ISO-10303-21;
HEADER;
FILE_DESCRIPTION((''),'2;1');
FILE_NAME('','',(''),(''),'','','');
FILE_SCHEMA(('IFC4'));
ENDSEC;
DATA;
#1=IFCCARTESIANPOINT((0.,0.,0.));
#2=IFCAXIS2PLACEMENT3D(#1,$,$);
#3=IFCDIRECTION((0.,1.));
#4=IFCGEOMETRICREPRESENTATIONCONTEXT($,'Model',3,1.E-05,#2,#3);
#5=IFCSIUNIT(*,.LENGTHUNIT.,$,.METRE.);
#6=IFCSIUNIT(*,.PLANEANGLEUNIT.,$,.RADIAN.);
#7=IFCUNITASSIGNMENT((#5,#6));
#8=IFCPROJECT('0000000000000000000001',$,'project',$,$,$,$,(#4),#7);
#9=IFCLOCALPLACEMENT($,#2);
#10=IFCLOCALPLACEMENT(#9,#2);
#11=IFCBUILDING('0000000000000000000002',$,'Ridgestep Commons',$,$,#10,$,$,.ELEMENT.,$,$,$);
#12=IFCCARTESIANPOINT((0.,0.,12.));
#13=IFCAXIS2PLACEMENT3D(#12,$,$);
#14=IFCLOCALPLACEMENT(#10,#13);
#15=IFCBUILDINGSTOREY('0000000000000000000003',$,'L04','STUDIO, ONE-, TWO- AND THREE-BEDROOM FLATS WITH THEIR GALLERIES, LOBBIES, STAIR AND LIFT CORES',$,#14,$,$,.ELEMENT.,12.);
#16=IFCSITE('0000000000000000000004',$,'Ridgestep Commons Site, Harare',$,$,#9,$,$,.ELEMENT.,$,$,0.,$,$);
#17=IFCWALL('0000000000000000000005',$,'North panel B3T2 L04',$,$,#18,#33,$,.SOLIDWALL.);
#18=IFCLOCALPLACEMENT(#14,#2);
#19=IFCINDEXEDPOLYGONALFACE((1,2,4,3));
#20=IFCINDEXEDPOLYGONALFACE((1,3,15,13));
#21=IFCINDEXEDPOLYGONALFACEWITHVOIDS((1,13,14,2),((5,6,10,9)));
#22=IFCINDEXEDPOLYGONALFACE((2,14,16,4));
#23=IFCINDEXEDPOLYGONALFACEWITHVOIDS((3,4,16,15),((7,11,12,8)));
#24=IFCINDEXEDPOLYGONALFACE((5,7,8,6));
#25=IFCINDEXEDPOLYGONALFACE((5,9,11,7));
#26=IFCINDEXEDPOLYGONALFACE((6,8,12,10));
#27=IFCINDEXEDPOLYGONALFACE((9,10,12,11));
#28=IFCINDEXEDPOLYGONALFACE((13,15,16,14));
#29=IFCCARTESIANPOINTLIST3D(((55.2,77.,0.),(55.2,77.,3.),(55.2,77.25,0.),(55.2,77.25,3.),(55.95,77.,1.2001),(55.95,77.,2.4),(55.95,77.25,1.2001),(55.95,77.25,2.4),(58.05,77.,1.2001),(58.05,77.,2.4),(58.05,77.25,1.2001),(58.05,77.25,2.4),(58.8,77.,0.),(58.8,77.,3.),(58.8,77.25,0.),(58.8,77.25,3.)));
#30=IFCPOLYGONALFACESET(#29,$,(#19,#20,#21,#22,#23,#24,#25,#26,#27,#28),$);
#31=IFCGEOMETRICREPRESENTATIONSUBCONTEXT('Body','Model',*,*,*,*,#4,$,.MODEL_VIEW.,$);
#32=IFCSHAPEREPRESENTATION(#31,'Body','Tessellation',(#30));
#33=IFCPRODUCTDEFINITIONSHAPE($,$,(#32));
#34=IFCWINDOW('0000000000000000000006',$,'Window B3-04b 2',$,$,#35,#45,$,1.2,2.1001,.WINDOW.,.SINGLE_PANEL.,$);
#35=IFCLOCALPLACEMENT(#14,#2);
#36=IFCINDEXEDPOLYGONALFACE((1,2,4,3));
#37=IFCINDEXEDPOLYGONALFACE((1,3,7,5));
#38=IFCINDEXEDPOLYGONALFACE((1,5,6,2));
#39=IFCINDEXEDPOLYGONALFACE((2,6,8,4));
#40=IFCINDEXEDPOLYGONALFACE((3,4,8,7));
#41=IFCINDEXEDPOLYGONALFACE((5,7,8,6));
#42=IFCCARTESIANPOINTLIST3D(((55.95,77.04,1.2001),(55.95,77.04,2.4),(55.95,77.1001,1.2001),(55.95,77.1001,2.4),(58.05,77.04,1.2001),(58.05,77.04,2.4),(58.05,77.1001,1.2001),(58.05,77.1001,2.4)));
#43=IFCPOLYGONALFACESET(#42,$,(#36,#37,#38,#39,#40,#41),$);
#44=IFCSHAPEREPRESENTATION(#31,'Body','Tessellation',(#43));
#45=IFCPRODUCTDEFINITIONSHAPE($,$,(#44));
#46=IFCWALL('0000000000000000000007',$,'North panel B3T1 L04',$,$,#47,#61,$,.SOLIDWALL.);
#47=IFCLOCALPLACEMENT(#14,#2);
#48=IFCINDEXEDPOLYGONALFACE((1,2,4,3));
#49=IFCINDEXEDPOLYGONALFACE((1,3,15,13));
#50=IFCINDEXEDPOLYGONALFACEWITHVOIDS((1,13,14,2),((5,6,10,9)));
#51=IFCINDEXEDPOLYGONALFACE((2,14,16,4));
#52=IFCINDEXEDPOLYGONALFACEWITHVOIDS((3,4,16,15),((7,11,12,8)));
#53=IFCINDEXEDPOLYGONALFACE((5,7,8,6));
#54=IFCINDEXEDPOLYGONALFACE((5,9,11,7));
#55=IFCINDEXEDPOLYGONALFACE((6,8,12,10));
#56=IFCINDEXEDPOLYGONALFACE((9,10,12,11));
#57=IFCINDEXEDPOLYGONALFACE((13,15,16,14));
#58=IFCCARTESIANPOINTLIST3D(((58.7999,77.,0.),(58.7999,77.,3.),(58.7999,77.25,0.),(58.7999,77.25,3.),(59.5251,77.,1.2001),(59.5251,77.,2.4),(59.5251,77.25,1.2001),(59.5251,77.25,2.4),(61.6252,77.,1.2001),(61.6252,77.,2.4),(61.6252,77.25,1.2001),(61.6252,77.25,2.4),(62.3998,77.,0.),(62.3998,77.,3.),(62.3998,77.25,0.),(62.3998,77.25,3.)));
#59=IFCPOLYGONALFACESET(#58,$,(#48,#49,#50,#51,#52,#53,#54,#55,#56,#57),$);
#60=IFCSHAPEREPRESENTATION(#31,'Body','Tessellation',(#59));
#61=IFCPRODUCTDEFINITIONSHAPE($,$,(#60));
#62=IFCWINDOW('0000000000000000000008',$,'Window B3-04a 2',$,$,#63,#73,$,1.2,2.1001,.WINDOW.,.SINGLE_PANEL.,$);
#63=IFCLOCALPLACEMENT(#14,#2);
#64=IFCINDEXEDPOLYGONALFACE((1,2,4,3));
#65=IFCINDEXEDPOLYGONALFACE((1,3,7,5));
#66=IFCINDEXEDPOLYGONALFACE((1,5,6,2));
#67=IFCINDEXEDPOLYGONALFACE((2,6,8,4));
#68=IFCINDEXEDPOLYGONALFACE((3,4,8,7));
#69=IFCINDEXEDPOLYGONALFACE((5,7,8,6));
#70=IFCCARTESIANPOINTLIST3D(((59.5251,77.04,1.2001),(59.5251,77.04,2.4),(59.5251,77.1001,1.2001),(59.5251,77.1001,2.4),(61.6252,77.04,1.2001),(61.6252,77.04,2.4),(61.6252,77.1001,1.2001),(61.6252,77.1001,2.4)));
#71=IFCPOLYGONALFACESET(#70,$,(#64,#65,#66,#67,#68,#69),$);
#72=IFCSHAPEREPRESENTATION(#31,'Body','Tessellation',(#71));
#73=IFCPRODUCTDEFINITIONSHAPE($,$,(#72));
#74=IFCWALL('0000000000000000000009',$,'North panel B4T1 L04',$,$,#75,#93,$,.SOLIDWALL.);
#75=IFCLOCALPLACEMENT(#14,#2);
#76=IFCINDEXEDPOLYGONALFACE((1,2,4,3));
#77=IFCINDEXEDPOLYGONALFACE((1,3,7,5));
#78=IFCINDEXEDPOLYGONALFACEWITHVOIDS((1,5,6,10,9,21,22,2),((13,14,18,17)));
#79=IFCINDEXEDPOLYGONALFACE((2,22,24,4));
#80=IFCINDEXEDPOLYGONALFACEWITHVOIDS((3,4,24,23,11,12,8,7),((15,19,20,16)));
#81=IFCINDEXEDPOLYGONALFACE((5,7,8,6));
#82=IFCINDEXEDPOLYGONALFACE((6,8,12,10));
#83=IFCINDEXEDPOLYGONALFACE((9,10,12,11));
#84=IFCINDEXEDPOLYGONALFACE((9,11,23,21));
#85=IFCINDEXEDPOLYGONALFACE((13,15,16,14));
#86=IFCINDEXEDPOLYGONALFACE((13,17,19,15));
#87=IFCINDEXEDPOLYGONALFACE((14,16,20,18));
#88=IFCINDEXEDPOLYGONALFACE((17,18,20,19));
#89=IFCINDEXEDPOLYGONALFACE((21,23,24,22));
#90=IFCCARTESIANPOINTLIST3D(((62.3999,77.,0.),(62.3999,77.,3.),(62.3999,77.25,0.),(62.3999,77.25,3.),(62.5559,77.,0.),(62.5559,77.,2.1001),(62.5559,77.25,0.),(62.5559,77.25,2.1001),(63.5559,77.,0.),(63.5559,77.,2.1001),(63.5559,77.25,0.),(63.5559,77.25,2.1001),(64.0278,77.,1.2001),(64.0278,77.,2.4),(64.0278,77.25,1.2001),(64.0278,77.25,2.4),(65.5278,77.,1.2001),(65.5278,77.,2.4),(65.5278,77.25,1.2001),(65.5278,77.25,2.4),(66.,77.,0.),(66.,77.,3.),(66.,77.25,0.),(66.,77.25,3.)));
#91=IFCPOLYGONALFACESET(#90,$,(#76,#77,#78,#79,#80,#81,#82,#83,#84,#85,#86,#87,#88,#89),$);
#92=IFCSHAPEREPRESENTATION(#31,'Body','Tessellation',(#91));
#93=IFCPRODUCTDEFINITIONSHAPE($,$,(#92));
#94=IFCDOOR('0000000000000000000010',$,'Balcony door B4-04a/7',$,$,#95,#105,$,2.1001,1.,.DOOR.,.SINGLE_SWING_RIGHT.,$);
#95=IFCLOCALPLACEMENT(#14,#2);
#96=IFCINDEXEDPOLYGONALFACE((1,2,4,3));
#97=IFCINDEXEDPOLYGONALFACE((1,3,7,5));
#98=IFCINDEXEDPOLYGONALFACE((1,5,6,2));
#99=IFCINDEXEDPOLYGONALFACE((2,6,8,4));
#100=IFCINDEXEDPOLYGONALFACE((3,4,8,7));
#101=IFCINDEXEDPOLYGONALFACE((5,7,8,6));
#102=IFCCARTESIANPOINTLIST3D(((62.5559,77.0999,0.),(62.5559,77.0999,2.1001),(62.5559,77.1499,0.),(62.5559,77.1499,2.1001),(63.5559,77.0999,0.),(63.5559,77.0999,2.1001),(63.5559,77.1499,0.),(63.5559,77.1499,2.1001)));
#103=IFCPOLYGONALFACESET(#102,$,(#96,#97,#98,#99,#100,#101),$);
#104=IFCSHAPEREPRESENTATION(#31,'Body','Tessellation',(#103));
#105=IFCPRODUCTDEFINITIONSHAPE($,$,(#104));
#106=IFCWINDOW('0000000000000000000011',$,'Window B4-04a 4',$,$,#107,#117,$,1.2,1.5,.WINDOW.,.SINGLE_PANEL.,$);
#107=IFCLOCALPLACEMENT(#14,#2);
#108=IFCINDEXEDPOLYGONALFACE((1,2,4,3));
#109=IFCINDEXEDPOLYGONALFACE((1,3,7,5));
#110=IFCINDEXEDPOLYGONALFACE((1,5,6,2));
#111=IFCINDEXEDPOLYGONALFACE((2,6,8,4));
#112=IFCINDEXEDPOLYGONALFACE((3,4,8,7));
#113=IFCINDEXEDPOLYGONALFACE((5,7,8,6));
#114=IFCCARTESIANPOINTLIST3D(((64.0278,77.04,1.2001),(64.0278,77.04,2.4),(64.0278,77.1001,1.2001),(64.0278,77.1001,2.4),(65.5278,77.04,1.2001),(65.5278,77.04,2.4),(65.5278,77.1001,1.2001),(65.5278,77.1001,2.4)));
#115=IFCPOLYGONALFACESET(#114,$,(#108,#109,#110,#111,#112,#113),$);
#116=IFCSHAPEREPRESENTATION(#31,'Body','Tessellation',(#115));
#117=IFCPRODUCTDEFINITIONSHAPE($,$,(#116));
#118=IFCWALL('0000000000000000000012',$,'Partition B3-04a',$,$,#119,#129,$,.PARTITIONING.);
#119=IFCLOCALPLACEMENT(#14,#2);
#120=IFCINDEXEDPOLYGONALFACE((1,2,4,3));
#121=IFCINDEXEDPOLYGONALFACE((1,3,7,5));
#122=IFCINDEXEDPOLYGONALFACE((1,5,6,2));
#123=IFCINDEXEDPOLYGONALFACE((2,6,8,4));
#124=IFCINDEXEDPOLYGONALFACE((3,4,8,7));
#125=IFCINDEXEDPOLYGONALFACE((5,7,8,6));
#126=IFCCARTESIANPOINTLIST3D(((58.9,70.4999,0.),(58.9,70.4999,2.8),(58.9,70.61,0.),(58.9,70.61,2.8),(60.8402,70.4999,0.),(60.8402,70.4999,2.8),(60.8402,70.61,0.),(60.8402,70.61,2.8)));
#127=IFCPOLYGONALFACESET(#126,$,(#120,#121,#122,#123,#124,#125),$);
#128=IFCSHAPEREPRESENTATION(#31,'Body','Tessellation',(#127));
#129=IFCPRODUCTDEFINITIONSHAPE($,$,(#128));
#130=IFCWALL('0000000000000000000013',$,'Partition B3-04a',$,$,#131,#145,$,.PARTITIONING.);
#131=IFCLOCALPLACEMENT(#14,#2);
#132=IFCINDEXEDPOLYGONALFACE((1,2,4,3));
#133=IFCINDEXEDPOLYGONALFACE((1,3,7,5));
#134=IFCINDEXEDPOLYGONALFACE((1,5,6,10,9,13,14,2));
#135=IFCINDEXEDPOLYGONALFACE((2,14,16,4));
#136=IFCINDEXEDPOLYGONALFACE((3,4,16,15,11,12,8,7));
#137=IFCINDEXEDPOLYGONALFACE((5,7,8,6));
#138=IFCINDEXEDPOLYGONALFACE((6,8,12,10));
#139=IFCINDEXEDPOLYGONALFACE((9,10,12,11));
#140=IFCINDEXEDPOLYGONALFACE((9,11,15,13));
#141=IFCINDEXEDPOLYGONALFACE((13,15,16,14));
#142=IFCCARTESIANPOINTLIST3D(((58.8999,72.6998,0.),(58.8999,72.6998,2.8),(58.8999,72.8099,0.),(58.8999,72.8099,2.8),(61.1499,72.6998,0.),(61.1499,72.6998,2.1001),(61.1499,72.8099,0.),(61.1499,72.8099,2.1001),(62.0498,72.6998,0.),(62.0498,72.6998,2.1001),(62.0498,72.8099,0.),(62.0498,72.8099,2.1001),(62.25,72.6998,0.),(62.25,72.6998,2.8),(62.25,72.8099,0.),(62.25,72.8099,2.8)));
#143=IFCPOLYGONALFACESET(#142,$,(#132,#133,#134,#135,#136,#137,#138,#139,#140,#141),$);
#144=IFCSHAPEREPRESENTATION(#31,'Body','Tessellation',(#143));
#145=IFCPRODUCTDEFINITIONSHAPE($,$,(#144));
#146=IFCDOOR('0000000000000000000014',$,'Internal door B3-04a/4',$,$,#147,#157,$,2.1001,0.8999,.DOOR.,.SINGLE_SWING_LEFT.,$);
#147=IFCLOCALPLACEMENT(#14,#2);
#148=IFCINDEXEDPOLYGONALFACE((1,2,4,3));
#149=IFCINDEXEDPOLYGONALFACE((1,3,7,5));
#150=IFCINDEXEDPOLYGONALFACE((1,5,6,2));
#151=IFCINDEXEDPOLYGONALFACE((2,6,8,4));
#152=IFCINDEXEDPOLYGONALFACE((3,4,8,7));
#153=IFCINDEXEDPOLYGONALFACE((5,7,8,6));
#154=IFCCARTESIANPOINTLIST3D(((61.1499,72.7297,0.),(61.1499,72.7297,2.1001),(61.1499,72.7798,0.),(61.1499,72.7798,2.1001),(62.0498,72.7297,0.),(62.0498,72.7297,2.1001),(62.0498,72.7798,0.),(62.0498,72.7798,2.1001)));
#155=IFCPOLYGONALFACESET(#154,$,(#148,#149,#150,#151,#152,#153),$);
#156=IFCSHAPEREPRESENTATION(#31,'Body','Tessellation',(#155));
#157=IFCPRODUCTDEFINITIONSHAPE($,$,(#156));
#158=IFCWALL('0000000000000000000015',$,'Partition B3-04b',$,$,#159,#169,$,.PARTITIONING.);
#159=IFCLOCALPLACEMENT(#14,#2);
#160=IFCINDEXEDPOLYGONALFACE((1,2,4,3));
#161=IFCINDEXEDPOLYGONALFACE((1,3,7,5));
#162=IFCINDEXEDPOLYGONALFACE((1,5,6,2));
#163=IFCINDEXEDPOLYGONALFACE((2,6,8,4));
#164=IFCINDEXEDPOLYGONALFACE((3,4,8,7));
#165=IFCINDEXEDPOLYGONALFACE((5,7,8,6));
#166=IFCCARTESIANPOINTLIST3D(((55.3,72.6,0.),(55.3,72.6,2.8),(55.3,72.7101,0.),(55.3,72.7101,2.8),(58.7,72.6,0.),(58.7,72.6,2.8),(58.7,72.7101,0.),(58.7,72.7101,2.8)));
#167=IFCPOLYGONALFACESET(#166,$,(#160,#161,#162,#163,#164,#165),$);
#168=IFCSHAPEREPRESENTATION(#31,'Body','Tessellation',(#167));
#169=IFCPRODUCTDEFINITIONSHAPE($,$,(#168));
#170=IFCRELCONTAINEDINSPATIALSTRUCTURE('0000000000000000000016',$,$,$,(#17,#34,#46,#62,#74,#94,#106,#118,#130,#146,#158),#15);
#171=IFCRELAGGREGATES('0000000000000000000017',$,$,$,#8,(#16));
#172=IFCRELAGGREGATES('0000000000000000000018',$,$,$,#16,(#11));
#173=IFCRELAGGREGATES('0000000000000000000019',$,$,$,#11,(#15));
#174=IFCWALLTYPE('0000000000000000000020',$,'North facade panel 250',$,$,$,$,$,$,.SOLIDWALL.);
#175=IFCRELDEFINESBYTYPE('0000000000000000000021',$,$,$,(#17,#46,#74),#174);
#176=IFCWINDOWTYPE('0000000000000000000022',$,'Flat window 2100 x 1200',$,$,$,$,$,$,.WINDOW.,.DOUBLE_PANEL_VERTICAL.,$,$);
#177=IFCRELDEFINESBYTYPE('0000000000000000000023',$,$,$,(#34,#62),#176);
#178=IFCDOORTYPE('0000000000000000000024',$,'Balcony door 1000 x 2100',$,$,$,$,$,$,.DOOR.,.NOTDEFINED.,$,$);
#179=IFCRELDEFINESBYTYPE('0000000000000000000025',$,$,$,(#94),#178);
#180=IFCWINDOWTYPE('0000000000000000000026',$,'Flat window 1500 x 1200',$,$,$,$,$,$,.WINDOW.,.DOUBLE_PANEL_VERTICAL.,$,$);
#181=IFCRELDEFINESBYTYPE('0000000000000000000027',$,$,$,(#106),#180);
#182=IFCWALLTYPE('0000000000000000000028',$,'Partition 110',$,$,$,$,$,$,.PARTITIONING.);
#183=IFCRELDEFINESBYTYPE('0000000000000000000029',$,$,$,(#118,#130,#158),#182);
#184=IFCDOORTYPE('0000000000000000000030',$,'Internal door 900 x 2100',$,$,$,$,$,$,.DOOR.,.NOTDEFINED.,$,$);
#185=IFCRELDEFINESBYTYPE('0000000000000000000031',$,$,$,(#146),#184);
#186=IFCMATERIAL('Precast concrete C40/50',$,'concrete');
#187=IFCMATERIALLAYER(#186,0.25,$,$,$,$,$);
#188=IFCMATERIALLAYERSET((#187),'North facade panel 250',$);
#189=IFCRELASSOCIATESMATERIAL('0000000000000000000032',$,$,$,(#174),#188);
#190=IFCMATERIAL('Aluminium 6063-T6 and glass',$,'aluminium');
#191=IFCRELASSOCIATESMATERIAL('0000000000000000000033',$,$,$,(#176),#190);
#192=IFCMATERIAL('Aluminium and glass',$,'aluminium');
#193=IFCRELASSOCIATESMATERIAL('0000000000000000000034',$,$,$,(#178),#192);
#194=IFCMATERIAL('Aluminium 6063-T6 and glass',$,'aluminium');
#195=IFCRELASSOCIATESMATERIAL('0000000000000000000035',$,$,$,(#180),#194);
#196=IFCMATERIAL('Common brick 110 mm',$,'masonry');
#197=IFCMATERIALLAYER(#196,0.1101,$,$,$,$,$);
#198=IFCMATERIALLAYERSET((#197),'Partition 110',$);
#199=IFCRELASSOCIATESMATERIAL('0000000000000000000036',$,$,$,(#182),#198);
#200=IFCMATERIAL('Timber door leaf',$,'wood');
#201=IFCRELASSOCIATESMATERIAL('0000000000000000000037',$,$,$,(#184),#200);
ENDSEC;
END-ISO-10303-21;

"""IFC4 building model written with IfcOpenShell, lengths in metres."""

from ifc_helpers import new_model, si_unit, direction, frame, frame_2d, origin, place, context, subcontext, project, spatial, rectangle, extrude, material, layer, layer_set, type_object, element, fill, save


model = new_model("IFC4")

# Units and contexts
model_context = context("Model", 3, precision=1e-05, world=origin(), true_north=direction((0.0, 1.0)))
body_context = subcontext(model_context, "Body", "Model", "MODEL_VIEW")
ifc_project = project(units=[si_unit("LENGTHUNIT", "METRE"), si_unit("PLANEANGLEUNIT", "RADIAN")], contexts=[model_context])

# Site, building, storey
site_placement = place(None, origin())
site = spatial("IfcSite", under=ifc_project, at=site_placement, Name="Ridgestep Commons Site, Harare", CompositionType="ELEMENT", RefElevation=0.0)
building_placement = place(site_placement, origin())
building = spatial("IfcBuilding", under=site, at=building_placement, Name="Ridgestep Commons", CompositionType="ELEMENT")
storey_placement = place(building_placement, frame((0.0, 0.0, 12.0)))
storey = spatial("IfcBuildingStorey", under=building, at=storey_placement, Name="L04", Description="STUDIO, ONE-, TWO- AND THREE-BEDROOM FLATS WITH THEIR GALLERIES, LOBBIES, STAIR AND LIFT CORES", CompositionType="ELEMENT", Elevation=12.0)

# Walls, openings, windows
ifc_material_1 = material(Name="Precast concrete C40/50", Category="concrete")
ifc_layer_1 = layer(ifc_material_1, 0.25)
ifc_layer_set_1 = layer_set([ifc_layer_1], Name="North facade panel 250")
wall_type_1 = type_object("IfcWallType", Name="North facade panel 250", PredefinedType="SOLIDWALL", material=ifc_layer_set_1)
wall_1_placement = place(storey_placement, frame((55.2, 77.125, 0.0), z_axis=(0.0, 0.0, 1.0), x_axis=(1.0, 0.0, 0.0)))
wall_1 = element("IfcWall", 1, at=wall_1_placement, inside=storey, type_object=wall_type_1, Name="North panel B3T2 L04", PredefinedType="SOLIDWALL", context=body_context, shape_type="SweptSolid", body=[
    extrude(rectangle(XDim=3.6001, YDim=0.25, at=frame_2d((1.8, 0.0))), origin(), (0.0, 0.0, 1.0), 3.0),
])
opening_1_placement = place(wall_1_placement, frame((0.75, 0.0, 1.2)))
opening_1 = element("IfcOpeningElement", 2, at=opening_1_placement, cuts=wall_1, PredefinedType="OPENING", context=body_context, shape_type="SweptSolid", body=[
    extrude(rectangle(XDim=2.1001, YDim=1.2, at=frame_2d((1.05, 0.6001))), frame((0.0, 0.135, 0.0), z_axis=(0.0, -1.0, 0.0), x_axis=(1.0, 0.0, 0.0)), (0.0, 0.0, 1.0), 0.27),
])
ifc_material_2 = material(Name="Aluminium 6063-T6 and glass", Category="aluminium")
window_type_1 = type_object("IfcWindowType", Name="Flat window 2100 x 1200", PartitioningType="DOUBLE_PANEL_VERTICAL", PredefinedType="WINDOW", material=ifc_material_2)
window_1_placement = place(opening_1_placement, origin())
window_1 = element("IfcWindow", 3, at=window_1_placement, inside=storey, type_object=window_type_1, Name="Window B3-04b 2", OverallHeight=1.2, OverallWidth=2.1001, PartitioningType="SINGLE_PANEL", PredefinedType="WINDOW", context=body_context, shape_type="SweptSolid", body=[
    extrude(rectangle(XDim=2.1001, YDim=1.2, at=frame_2d((1.05, 0.6001))), frame((0.0, -0.0249, 0.0), z_axis=(0.0, -1.0, 0.0), x_axis=(1.0, 0.0, 0.0)), (0.0, 0.0, 1.0), 0.0601),
])
fill(opening_1, window_1)
wall_2_placement = place(storey_placement, frame((58.8, 77.125, 0.0), z_axis=(0.0, 0.0, 1.0), x_axis=(1.0, 0.0, 0.0)))
wall_2 = element("IfcWall", 4, at=wall_2_placement, inside=storey, type_object=wall_type_1, Name="North panel B3T1 L04", PredefinedType="SOLIDWALL", context=body_context, shape_type="SweptSolid", body=[
    extrude(rectangle(XDim=3.5999, YDim=0.25, at=frame_2d((1.7998, 0.0))), origin(), (0.0, 0.0, 1.0), 3.0),
])
opening_2_placement = place(wall_2_placement, frame((0.7251, 0.0, 1.2)))
opening_2 = element("IfcOpeningElement", 5, at=opening_2_placement, cuts=wall_2, PredefinedType="OPENING", context=body_context, shape_type="SweptSolid", body=[
    extrude(rectangle(XDim=2.1001, YDim=1.2, at=frame_2d((1.05, 0.6001))), frame((0.0, 0.135, 0.0), z_axis=(0.0, -1.0, 0.0), x_axis=(1.0, 0.0, 0.0)), (0.0, 0.0, 1.0), 0.27),
])
window_2_placement = place(opening_2_placement, origin())
window_2 = element("IfcWindow", 6, at=window_2_placement, inside=storey, type_object=window_type_1, Name="Window B3-04a 2", OverallHeight=1.2, OverallWidth=2.1001, PartitioningType="SINGLE_PANEL", PredefinedType="WINDOW", context=body_context, shape_type="SweptSolid", body=[
    extrude(rectangle(XDim=2.1001, YDim=1.2, at=frame_2d((1.05, 0.6001))), frame((0.0, -0.0249, 0.0), z_axis=(0.0, -1.0, 0.0), x_axis=(1.0, 0.0, 0.0)), (0.0, 0.0, 1.0), 0.0601),
])
fill(opening_2, window_2)

# Wall, openings, door, window
wall_3_placement = place(storey_placement, frame((62.3999, 77.125, 0.0), z_axis=(0.0, 0.0, 1.0), x_axis=(1.0, 0.0, 0.0)))
wall_3 = element("IfcWall", 7, at=wall_3_placement, inside=storey, type_object=wall_type_1, Name="North panel B4T1 L04", PredefinedType="SOLIDWALL", context=body_context, shape_type="SweptSolid", body=[
    extrude(rectangle(XDim=3.6001, YDim=0.25, at=frame_2d((1.8, 0.0))), origin(), (0.0, 0.0, 1.0), 3.0),
])
opening_3_placement = place(wall_3_placement, frame((1.6279, 0.0, 1.2)))
opening_3 = element("IfcOpeningElement", 8, at=opening_3_placement, cuts=wall_3, PredefinedType="OPENING", context=body_context, shape_type="SweptSolid", body=[
    extrude(rectangle(XDim=1.5, YDim=1.2, at=frame_2d((0.75, 0.6001))), frame((0.0, 0.135, 0.0), z_axis=(0.0, -1.0, 0.0), x_axis=(1.0, 0.0, 0.0)), (0.0, 0.0, 1.0), 0.27),
])
opening_4_placement = place(wall_3_placement, frame((0.156, 0.0, 0.0)))
opening_4 = element("IfcOpeningElement", 9, at=opening_4_placement, cuts=wall_3, PredefinedType="OPENING", context=body_context, shape_type="SweptSolid", body=[
    extrude(rectangle(XDim=1.0, YDim=2.1001, at=frame_2d((0.5, 1.05))), frame((0.0, 0.135, 0.0), z_axis=(0.0, -1.0, 0.0), x_axis=(1.0, 0.0, 0.0)), (0.0, 0.0, 1.0), 0.27),
])
ifc_material_3 = material(Name="Aluminium and glass", Category="aluminium")
door_type_1 = type_object("IfcDoorType", Name="Balcony door 1000 x 2100", OperationType="NOTDEFINED", PredefinedType="DOOR", material=ifc_material_3)
door_1_placement = place(opening_4_placement, origin())
door_1 = element("IfcDoor", 10, at=door_1_placement, inside=storey, type_object=door_type_1, Name="Balcony door B4-04a/7", OperationType="SINGLE_SWING_RIGHT", OverallHeight=2.1001, OverallWidth=1.0, PredefinedType="DOOR", context=body_context, shape_type="SweptSolid", body=[
    extrude(rectangle(XDim=1.0, YDim=2.1001, at=frame_2d((0.5, 1.05))), frame((0.0, 0.0249, 0.0), z_axis=(0.0, -1.0, 0.0), x_axis=(1.0, 0.0, 0.0)), (0.0, 0.0, 1.0), 0.05),
])
fill(opening_4, door_1)
ifc_material_4 = material(Name="Aluminium 6063-T6 and glass", Category="aluminium")
window_type_2 = type_object("IfcWindowType", Name="Flat window 1500 x 1200", PartitioningType="DOUBLE_PANEL_VERTICAL", PredefinedType="WINDOW", material=ifc_material_4)
window_3_placement = place(opening_3_placement, origin())
window_3 = element("IfcWindow", 11, at=window_3_placement, inside=storey, type_object=window_type_2, Name="Window B4-04a 4", OverallHeight=1.2, OverallWidth=1.5, PartitioningType="SINGLE_PANEL", PredefinedType="WINDOW", context=body_context, shape_type="SweptSolid", body=[
    extrude(rectangle(XDim=1.5, YDim=1.2, at=frame_2d((0.75, 0.6001))), frame((0.0, -0.0249, 0.0), z_axis=(0.0, -1.0, 0.0), x_axis=(1.0, 0.0, 0.0)), (0.0, 0.0, 1.0), 0.0601),
])
fill(opening_3, window_3)

# Wall
ifc_material_5 = material(Name="Common brick 110 mm", Category="masonry")
ifc_layer_2 = layer(ifc_material_5, 0.1101)
ifc_layer_set_2 = layer_set([ifc_layer_2], Name="Partition 110")
wall_type_2 = type_object("IfcWallType", Name="Partition 110", PredefinedType="PARTITIONING", material=ifc_layer_set_2)
wall_4_placement = place(storey_placement, frame((58.8999, 70.5549, 0.0), z_axis=(0.0, 0.0, 1.0), x_axis=(1.0, 0.0, 0.0)))
element("IfcWall", 12, at=wall_4_placement, inside=storey, type_object=wall_type_2, Name="Partition B3-04a", PredefinedType="PARTITIONING", context=body_context, shape_type="SweptSolid", body=[
    extrude(rectangle(XDim=1.9402, YDim=0.1101, at=frame_2d((0.9702, 0.0))), origin(), (0.0, 0.0, 1.0), 2.8),
])

# Wall, opening, door
wall_5_placement = place(storey_placement, frame((58.8999, 72.7549, 0.0), z_axis=(0.0, 0.0, 1.0), x_axis=(1.0, 0.0, 0.0)))
wall_5 = element("IfcWall", 13, at=wall_5_placement, inside=storey, type_object=wall_type_2, Name="Partition B3-04a", PredefinedType="PARTITIONING", context=body_context, shape_type="SweptSolid", body=[
    extrude(rectangle(XDim=3.3501, YDim=0.1101, at=frame_2d((1.675, 0.0))), origin(), (0.0, 0.0, 1.0), 2.8),
])
opening_5_placement = place(wall_5_placement, frame((2.25, 0.0, 0.0)))
opening_5 = element("IfcOpeningElement", 14, at=opening_5_placement, cuts=wall_5, PredefinedType="OPENING", context=body_context, shape_type="SweptSolid", body=[
    extrude(rectangle(XDim=0.8999, YDim=2.1001, at=frame_2d((0.45, 1.05))), frame((0.0, 0.0649, 0.0), z_axis=(0.0, -1.0, 0.0), x_axis=(1.0, 0.0, 0.0)), (0.0, 0.0, 1.0), 0.1301),
])
ifc_material_6 = material(Name="Timber door leaf", Category="wood")
door_type_2 = type_object("IfcDoorType", Name="Internal door 900 x 2100", OperationType="NOTDEFINED", PredefinedType="DOOR", material=ifc_material_6)
door_2_placement = place(opening_5_placement, origin())
door_2 = element("IfcDoor", 15, at=door_2_placement, inside=storey, type_object=door_type_2, Name="Internal door B3-04a/4", OperationType="SINGLE_SWING_LEFT", OverallHeight=2.1001, OverallWidth=0.8999, PredefinedType="DOOR", context=body_context, shape_type="SweptSolid", body=[
    extrude(rectangle(XDim=0.8999, YDim=2.1001, at=frame_2d((0.45, 1.05))), frame((0.0, 0.0249, 0.0), z_axis=(0.0, -1.0, 0.0), x_axis=(1.0, 0.0, 0.0)), (0.0, 0.0, 1.0), 0.05),
])
fill(opening_5, door_2)

# Wall
wall_6_placement = place(storey_placement, frame((55.3, 72.655, 0.0), z_axis=(0.0, 0.0, 1.0), x_axis=(1.0, 0.0, 0.0)))
element("IfcWall", 16, at=wall_6_placement, inside=storey, type_object=wall_type_2, Name="Partition B3-04b", PredefinedType="PARTITIONING", context=body_context, shape_type="SweptSolid", body=[
    extrude(rectangle(XDim=3.3999, YDim=0.1101, at=frame_2d((1.7, 0.0))), origin(), (0.0, 0.0, 1.0), 2.8),
])

save(model, "model.ifc")
